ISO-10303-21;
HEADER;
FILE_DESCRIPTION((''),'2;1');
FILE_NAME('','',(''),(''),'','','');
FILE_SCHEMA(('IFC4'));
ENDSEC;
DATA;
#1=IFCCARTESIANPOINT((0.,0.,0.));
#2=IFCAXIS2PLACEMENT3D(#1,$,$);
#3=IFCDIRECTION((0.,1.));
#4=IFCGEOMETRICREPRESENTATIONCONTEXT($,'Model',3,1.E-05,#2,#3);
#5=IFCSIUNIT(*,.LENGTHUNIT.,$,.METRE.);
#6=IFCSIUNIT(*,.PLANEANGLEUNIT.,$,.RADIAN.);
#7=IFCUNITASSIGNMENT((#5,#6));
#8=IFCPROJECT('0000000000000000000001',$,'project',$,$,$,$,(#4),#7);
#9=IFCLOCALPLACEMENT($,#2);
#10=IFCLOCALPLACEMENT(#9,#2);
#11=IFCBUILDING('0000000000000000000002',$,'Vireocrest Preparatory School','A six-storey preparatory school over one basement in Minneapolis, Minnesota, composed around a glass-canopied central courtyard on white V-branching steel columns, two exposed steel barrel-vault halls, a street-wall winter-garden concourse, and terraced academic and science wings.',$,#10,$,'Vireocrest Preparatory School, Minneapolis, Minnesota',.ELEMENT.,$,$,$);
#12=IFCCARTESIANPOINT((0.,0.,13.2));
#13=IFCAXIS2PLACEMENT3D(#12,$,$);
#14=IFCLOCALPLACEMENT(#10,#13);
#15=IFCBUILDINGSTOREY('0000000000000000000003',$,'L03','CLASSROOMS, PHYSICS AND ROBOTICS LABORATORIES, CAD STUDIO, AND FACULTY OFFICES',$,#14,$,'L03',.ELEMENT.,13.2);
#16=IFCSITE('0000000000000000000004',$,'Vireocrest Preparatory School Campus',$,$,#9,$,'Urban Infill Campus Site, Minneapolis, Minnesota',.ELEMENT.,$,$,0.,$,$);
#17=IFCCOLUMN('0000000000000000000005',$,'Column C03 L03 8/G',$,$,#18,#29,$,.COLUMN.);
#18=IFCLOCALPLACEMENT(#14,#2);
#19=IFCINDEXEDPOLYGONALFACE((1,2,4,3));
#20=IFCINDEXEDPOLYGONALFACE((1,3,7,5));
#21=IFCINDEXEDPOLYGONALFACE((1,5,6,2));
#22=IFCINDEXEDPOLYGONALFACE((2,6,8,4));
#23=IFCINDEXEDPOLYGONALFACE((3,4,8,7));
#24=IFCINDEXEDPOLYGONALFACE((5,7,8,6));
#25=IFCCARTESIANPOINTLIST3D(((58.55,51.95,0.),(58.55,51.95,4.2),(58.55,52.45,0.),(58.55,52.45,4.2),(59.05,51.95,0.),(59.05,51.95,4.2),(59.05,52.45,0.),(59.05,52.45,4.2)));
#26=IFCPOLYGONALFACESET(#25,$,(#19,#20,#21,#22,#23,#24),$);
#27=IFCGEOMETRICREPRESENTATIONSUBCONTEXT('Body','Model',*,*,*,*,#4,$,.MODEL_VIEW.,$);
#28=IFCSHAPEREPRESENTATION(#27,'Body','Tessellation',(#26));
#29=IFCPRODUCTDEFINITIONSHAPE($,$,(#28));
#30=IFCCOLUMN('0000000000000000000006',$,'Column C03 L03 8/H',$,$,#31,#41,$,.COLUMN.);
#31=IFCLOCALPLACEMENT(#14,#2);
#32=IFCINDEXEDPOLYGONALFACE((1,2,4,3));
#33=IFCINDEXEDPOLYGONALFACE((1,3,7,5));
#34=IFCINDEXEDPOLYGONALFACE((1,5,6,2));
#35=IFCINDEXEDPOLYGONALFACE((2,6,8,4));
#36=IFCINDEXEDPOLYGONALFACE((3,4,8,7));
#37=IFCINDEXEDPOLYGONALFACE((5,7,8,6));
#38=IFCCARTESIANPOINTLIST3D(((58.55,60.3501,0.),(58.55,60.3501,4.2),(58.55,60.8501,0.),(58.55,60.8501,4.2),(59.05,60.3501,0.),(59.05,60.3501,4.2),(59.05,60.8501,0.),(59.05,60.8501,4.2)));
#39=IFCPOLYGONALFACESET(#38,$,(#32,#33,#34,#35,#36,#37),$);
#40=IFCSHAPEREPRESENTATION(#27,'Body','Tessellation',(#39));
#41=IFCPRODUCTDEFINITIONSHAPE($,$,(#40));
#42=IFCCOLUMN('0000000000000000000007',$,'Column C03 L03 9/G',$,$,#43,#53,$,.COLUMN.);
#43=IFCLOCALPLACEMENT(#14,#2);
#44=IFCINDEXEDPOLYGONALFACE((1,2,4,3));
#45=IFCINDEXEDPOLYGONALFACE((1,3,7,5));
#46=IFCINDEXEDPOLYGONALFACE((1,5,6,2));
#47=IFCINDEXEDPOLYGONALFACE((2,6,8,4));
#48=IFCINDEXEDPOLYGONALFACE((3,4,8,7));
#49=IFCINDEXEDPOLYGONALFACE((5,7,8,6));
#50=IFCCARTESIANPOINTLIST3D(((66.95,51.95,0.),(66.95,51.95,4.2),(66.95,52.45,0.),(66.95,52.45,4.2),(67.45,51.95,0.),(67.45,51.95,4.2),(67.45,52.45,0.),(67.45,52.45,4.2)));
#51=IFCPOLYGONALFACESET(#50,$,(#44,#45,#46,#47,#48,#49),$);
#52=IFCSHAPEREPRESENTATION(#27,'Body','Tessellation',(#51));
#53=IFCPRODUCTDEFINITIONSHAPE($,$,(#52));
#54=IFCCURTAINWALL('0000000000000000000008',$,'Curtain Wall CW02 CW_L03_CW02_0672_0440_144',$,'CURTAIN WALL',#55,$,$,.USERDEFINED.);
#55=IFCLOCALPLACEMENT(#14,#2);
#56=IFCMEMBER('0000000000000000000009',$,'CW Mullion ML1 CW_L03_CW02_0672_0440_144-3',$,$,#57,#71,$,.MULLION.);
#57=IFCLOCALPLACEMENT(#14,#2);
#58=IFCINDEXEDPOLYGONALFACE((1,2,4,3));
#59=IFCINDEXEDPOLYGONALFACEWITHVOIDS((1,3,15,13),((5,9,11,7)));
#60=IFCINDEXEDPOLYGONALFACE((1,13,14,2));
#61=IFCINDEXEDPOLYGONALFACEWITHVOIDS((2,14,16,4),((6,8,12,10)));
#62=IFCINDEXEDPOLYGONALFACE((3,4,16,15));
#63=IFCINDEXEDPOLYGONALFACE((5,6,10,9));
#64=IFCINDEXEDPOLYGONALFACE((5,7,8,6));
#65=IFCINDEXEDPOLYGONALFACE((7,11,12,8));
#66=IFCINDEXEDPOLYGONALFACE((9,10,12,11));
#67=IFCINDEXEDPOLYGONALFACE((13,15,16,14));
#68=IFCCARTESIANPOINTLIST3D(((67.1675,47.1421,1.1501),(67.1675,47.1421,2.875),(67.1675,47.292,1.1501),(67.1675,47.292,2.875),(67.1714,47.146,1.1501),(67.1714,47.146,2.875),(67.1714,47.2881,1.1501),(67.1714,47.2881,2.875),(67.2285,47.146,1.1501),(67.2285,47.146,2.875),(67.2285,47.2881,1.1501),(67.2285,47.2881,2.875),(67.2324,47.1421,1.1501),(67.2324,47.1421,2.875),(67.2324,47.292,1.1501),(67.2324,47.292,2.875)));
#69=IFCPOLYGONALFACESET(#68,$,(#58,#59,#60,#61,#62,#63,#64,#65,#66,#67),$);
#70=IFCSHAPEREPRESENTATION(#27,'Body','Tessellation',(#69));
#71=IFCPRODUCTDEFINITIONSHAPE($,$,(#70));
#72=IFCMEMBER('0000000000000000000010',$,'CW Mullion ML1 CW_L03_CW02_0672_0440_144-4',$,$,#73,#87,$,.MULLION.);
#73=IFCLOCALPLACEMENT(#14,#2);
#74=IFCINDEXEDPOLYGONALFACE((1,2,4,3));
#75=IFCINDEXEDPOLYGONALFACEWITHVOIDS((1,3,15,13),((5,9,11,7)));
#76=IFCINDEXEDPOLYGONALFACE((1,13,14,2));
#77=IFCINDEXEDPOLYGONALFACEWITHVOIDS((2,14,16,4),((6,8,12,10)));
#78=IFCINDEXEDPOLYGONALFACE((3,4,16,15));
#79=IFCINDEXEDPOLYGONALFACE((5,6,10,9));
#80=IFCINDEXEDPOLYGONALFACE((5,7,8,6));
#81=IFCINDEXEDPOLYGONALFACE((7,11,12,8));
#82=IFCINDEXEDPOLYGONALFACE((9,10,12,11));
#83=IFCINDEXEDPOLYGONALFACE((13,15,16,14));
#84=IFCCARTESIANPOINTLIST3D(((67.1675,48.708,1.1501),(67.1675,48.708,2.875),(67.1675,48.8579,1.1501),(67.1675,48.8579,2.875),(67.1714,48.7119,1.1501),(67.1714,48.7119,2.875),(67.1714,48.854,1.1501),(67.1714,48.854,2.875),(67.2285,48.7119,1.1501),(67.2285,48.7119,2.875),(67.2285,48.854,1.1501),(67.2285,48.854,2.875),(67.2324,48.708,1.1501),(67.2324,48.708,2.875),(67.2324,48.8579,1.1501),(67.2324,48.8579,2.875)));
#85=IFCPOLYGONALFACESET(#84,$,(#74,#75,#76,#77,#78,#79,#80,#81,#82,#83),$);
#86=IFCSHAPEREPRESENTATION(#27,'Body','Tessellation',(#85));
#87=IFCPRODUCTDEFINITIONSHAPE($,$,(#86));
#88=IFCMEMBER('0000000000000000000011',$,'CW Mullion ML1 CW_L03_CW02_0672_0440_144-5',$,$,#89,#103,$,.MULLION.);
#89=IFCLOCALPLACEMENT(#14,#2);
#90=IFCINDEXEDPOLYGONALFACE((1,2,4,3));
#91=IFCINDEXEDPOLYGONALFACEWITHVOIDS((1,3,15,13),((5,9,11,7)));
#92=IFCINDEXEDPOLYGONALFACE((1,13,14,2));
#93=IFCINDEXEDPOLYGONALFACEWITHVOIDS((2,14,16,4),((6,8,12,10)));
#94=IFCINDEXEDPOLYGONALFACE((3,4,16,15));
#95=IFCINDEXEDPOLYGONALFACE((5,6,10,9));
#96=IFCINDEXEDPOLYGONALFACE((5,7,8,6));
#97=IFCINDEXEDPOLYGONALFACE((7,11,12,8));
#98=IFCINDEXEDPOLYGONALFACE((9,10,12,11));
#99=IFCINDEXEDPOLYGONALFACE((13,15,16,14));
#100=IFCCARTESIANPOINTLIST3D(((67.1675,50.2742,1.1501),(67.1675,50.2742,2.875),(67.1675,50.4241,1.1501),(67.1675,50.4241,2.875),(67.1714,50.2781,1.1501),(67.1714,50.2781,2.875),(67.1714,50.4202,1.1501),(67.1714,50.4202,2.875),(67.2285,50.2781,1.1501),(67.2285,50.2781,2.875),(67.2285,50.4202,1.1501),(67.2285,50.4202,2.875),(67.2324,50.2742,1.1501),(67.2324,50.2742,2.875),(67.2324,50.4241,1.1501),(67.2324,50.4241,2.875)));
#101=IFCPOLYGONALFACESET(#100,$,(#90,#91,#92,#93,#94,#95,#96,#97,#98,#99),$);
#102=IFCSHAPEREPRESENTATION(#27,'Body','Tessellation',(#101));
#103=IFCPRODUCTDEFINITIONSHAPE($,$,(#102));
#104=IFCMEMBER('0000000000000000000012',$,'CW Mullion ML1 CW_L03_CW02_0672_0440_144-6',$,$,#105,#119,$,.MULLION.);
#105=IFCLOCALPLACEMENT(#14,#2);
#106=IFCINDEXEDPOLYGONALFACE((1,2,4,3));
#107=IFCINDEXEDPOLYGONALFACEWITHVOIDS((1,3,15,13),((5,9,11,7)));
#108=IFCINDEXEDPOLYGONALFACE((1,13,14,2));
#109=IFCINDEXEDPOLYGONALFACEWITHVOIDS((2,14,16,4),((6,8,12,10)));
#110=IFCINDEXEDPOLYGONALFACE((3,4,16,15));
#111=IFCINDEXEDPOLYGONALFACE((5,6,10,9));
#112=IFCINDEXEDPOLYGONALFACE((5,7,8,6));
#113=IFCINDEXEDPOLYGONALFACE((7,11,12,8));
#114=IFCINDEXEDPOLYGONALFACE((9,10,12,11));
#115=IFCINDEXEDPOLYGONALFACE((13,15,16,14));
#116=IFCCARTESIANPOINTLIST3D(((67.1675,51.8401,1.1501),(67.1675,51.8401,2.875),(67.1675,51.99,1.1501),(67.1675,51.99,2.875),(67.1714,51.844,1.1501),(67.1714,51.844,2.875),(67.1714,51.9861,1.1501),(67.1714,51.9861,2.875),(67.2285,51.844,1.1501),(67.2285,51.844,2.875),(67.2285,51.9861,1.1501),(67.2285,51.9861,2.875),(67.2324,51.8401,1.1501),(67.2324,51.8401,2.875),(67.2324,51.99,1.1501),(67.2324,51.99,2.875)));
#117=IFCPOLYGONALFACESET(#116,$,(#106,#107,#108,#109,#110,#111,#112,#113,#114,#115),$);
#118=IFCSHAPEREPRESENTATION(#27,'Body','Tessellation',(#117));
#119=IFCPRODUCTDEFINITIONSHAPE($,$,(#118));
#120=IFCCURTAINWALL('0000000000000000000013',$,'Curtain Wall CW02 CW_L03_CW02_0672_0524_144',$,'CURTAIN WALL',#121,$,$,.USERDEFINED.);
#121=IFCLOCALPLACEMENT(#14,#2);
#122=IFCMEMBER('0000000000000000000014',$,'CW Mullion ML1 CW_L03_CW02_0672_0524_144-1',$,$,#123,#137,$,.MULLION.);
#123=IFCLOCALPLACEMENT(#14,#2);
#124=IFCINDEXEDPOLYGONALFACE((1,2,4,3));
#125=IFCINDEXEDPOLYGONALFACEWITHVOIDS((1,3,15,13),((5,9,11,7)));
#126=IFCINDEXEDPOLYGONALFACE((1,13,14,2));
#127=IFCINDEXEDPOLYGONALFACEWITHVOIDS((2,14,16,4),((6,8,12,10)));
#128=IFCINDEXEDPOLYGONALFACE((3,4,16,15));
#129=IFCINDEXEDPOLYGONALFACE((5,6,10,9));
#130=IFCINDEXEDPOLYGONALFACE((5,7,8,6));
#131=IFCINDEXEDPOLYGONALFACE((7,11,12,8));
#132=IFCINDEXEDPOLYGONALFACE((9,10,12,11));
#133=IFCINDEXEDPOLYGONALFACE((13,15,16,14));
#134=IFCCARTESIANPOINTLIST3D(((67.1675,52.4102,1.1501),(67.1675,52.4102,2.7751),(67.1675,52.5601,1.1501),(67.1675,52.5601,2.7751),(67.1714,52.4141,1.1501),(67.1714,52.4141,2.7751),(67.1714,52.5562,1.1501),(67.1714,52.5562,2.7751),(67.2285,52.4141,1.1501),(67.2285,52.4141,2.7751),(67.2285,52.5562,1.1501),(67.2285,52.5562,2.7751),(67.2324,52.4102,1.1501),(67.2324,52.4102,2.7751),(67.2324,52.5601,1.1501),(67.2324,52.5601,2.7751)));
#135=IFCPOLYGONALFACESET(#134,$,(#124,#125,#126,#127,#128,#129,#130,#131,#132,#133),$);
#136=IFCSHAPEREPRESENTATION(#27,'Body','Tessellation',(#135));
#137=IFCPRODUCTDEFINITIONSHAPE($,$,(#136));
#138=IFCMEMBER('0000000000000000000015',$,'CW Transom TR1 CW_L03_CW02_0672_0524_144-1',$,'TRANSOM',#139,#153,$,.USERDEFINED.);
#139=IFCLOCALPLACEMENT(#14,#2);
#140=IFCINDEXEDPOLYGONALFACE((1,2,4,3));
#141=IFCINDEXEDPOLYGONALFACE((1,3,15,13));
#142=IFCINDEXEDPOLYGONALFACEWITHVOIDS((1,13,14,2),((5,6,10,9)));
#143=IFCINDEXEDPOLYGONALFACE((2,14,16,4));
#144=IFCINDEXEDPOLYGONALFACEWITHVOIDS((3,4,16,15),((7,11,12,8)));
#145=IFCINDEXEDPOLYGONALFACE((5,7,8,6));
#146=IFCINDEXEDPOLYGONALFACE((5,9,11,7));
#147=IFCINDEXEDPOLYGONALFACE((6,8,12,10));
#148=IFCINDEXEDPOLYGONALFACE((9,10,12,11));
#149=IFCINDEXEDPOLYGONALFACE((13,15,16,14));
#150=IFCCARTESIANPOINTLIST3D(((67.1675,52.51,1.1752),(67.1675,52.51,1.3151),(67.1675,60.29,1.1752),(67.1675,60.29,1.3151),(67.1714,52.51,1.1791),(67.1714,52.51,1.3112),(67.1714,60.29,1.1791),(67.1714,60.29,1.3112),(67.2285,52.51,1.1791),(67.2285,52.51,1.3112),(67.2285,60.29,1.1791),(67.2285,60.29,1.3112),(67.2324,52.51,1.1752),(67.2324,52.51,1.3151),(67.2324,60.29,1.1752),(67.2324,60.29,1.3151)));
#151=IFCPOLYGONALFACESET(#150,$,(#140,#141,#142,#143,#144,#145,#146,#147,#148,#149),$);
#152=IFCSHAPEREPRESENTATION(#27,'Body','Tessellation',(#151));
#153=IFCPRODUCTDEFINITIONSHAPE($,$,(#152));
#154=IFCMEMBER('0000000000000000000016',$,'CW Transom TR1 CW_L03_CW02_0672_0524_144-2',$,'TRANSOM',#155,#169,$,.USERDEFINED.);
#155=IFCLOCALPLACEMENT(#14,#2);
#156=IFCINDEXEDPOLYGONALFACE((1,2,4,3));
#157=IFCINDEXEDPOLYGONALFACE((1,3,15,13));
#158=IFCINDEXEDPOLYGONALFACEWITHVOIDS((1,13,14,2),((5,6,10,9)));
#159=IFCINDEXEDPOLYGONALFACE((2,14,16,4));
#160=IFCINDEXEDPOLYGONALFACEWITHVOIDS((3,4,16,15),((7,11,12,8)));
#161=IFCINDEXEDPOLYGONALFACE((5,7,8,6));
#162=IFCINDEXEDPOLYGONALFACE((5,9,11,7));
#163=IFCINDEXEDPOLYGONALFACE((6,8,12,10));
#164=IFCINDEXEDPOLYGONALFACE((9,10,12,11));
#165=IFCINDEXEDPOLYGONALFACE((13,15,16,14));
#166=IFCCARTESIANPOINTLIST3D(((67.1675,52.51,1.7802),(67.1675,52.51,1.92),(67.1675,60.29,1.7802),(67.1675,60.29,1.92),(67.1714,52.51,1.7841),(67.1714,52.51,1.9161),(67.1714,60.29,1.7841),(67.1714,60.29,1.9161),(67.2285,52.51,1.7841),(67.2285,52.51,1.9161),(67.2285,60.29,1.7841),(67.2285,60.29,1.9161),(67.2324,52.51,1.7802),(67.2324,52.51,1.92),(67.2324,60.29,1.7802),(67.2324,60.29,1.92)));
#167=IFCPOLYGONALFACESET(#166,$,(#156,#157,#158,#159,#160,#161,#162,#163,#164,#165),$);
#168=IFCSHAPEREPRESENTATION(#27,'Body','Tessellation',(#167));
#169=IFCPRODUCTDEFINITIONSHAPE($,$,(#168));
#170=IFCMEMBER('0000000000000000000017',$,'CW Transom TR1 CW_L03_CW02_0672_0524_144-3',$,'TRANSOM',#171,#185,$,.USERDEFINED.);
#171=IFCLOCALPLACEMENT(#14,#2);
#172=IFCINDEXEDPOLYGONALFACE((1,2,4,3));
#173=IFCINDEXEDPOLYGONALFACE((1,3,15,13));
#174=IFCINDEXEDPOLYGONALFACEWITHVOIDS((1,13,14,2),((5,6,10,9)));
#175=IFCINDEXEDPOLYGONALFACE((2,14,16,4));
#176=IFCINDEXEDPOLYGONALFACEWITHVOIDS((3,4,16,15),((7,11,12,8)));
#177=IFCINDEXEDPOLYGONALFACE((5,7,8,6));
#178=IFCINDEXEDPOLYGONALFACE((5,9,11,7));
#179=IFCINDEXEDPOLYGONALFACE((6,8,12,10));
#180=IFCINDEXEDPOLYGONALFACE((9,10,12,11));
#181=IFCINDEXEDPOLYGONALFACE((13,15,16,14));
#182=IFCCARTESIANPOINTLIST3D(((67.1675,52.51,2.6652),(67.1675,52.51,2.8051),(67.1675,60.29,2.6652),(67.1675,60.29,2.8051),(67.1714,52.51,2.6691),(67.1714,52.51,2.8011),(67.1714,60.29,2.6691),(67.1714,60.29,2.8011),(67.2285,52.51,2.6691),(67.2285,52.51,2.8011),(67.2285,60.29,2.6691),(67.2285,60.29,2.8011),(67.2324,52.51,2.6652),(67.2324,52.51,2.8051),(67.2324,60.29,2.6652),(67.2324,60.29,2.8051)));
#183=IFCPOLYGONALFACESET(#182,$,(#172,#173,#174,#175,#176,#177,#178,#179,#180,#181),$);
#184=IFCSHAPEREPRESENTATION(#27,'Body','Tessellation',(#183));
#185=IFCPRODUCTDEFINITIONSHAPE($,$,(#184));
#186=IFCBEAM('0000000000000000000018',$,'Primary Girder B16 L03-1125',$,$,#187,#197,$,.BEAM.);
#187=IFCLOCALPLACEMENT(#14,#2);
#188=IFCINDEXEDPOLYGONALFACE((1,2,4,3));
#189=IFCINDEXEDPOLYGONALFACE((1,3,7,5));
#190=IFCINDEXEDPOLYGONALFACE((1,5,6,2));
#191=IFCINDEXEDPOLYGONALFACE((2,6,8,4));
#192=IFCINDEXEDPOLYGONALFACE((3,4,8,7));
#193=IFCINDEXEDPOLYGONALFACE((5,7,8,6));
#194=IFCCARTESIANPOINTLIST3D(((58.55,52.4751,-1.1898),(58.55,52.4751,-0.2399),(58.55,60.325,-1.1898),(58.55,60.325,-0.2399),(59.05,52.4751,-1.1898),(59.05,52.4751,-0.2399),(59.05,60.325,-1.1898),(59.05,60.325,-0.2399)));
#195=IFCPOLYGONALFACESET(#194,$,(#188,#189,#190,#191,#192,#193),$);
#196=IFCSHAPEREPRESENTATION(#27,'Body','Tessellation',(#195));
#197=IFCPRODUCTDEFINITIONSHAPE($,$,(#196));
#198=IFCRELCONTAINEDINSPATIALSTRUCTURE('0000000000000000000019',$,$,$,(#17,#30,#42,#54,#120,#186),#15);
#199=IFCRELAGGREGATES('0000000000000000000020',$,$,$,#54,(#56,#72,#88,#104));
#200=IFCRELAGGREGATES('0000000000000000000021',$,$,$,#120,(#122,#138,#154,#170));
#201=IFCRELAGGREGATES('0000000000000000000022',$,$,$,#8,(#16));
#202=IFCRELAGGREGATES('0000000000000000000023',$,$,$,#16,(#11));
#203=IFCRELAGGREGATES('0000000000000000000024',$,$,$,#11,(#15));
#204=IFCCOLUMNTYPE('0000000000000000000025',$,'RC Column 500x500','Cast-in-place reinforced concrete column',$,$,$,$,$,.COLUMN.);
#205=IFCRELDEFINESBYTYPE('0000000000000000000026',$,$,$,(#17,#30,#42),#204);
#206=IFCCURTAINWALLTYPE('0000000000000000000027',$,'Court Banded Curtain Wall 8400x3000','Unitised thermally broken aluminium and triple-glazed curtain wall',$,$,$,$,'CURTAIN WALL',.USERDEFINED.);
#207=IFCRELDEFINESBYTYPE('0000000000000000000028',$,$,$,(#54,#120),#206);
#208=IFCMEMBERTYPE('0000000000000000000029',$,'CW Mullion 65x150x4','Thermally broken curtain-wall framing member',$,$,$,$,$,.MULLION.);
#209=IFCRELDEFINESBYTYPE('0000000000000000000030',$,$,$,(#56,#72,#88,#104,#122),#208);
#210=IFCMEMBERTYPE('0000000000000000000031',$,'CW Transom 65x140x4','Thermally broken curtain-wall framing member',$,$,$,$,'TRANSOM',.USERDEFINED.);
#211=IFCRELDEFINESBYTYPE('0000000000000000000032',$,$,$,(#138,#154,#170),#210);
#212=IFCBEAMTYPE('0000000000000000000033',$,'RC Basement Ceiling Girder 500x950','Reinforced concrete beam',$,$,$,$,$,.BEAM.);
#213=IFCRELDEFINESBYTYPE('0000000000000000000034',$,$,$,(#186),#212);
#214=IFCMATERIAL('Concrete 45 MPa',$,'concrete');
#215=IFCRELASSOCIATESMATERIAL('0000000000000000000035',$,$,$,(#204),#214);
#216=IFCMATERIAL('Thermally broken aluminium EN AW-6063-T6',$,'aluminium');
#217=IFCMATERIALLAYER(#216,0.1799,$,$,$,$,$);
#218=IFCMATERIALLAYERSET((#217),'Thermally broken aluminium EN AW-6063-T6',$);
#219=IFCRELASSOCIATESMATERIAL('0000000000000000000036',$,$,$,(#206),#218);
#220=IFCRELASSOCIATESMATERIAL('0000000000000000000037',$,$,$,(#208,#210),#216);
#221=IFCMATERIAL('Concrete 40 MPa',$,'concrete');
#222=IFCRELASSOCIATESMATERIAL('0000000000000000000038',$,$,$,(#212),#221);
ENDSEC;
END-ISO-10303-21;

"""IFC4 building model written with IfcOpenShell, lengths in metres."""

from ifc_helpers import new_model, si_unit, direction, frame, origin, origin_2d, place, context, subcontext, project, spatial, rectangle, hollow_rectangle, extrude, material, layer, layer_set, material_profile, profile_set, type_object, element, aggregate, save


model = new_model("IFC4")

# Units and contexts
model_context = context("Model", 3, precision=1e-05, world=origin(), true_north=direction((0.0, 1.0)))
body_context = subcontext(model_context, "Body", "Model", "MODEL_VIEW")
ifc_project = project(units=[si_unit("LENGTHUNIT", "METRE"), si_unit("PLANEANGLEUNIT", "RADIAN")], contexts=[model_context])

# Site, building, storey
site_placement = place(None, origin())
site = spatial("IfcSite", under=ifc_project, at=site_placement, Name="Vireocrest Preparatory School Campus", LongName="Urban Infill Campus Site, Minneapolis, Minnesota", CompositionType="ELEMENT", RefElevation=0.0)
building_placement = place(site_placement, origin())
building = spatial("IfcBuilding", under=site, at=building_placement, Name="Vireocrest Preparatory School", Description="A six-storey preparatory school over one basement in Minneapolis, Minnesota, composed around a glass-canopied central courtyard on white V-branching steel columns, two exposed steel barrel-vault halls, a street-wall winter-garden concourse, and terraced academic and science wings.", LongName="Vireocrest Preparatory School, Minneapolis, Minnesota", CompositionType="ELEMENT")
storey_placement = place(building_placement, frame((0.0, 0.0, 13.2)))
storey = spatial("IfcBuildingStorey", under=building, at=storey_placement, Name="L03", Description="CLASSROOMS, PHYSICS AND ROBOTICS LABORATORIES, CAD STUDIO, AND FACULTY OFFICES", LongName="L03", CompositionType="ELEMENT", Elevation=13.2)

# Columns
ifc_material_1 = material(Name="Concrete 45 MPa", Category="concrete")
ifc_material_profile_1 = material_profile(ifc_material_1, rectangle(XDim=0.5, YDim=0.5, at=origin_2d()), Name="RC 500x500")
ifc_profile_set_1 = profile_set([ifc_material_profile_1], Name="Concrete 45 MPa")
column_type = type_object("IfcColumnType", Name="RC Column 500x500", Description="Cast-in-place reinforced concrete column", PredefinedType="COLUMN", material=ifc_profile_set_1)
for number, where, z_axis, x_axis, name in (
    (1, (58.8, 52.2, 0.0), (0.0, 0.0, 1.0), (1.0, 0.0, 0.0), "Column C03 L03 8/G"),
    (2, (58.8, 60.6001, 0.0), (0.0, 0.0, 1.0), (1.0, 0.0, 0.0), "Column C03 L03 8/H"),
    (3, (67.2, 52.2, 0.0), (0.0, 0.0, 1.0), (1.0, 0.0, 0.0), "Column C03 L03 9/G"),
):
    element("IfcColumn", number, at=place(storey_placement, frame(where, z_axis=z_axis, x_axis=x_axis)), inside=storey, type_object=column_type, Name=name, PredefinedType="COLUMN", context=body_context, shape_type="SweptSolid", body=[
        extrude(rectangle(XDim=0.5, YDim=0.5, at=origin_2d()), origin(), (0.0, 0.0, 1.0), 4.2),
    ])

# Curtain walls, members
ifc_material_2 = material(Name="Thermally broken aluminium EN AW-6063-T6", Category="aluminium")
ifc_layer_1 = layer(ifc_material_2, 0.1799)
ifc_layer_set_1 = layer_set([ifc_layer_1], Name="Thermally broken aluminium EN AW-6063-T6")
curtain_wall_type = type_object("IfcCurtainWallType", Name="Court Banded Curtain Wall 8400x3000", Description="Unitised thermally broken aluminium and triple-glazed curtain wall", ElementType="CURTAIN WALL", PredefinedType="USERDEFINED", material=ifc_layer_set_1)
curtain_wall_1_placement = place(storey_placement, origin())
curtain_wall_1 = element("IfcCurtainWall", 4, at=curtain_wall_1_placement, inside=storey, type_object=curtain_wall_type, Name="Curtain Wall CW02 CW_L03_CW02_0672_0440_144", ObjectType="CURTAIN WALL", PredefinedType="USERDEFINED")
ifc_material_profile_2 = material_profile(ifc_material_2, hollow_rectangle(XDim=0.0649, YDim=0.1499, WallThickness=0.0039, at=origin_2d()), Name="ALU 65x150x4")
ifc_profile_set_2 = profile_set([ifc_material_profile_2], Name="Thermally broken aluminium EN AW-6063-T6")
member_type_1 = type_object("IfcMemberType", Name="CW Mullion 65x150x4", Description="Thermally broken curtain-wall framing member", PredefinedType="MULLION", material=ifc_profile_set_2)
member_1_placement = place(storey_placement, frame((67.2, 47.217, 1.1501), z_axis=(0.0, 0.0, 1.0), x_axis=(1.0, 0.0, 0.0)))
member_1 = element("IfcMember", 5, at=member_1_placement, type_object=member_type_1, Name="CW Mullion ML1 CW_L03_CW02_0672_0440_144-3", PredefinedType="MULLION", context=body_context, shape_type="SweptSolid", body=[
    extrude(hollow_rectangle(XDim=0.0649, YDim=0.1499, WallThickness=0.0039, at=origin_2d()), origin(), (0.0, 0.0, 1.0), 1.7249),
])
member_2_placement = place(storey_placement, frame((67.2, 48.783, 1.1501), z_axis=(0.0, 0.0, 1.0), x_axis=(1.0, 0.0, 0.0)))
member_2 = element("IfcMember", 6, at=member_2_placement, type_object=member_type_1, Name="CW Mullion ML1 CW_L03_CW02_0672_0440_144-4", PredefinedType="MULLION", context=body_context, shape_type="SweptSolid", body=[
    extrude(hollow_rectangle(XDim=0.0649, YDim=0.1499, WallThickness=0.0039, at=origin_2d()), origin(), (0.0, 0.0, 1.0), 1.7249),
])
member_3_placement = place(storey_placement, frame((67.2, 50.3491, 1.1501), z_axis=(0.0, 0.0, 1.0), x_axis=(1.0, 0.0, 0.0)))
member_3 = element("IfcMember", 7, at=member_3_placement, type_object=member_type_1, Name="CW Mullion ML1 CW_L03_CW02_0672_0440_144-5", PredefinedType="MULLION", context=body_context, shape_type="SweptSolid", body=[
    extrude(hollow_rectangle(XDim=0.0649, YDim=0.1499, WallThickness=0.0039, at=origin_2d()), origin(), (0.0, 0.0, 1.0), 1.7249),
])
member_4_placement = place(storey_placement, frame((67.2, 51.915, 1.1501), z_axis=(0.0, 0.0, 1.0), x_axis=(1.0, 0.0, 0.0)))
member_4 = element("IfcMember", 8, at=member_4_placement, type_object=member_type_1, Name="CW Mullion ML1 CW_L03_CW02_0672_0440_144-6", PredefinedType="MULLION", context=body_context, shape_type="SweptSolid", body=[
    extrude(hollow_rectangle(XDim=0.0649, YDim=0.1499, WallThickness=0.0039, at=origin_2d()), origin(), (0.0, 0.0, 1.0), 1.7249),
])
curtain_wall_2_placement = place(storey_placement, origin())
curtain_wall_2 = element("IfcCurtainWall", 9, at=curtain_wall_2_placement, inside=storey, type_object=curtain_wall_type, Name="Curtain Wall CW02 CW_L03_CW02_0672_0524_144", ObjectType="CURTAIN WALL", PredefinedType="USERDEFINED")
member_5_placement = place(storey_placement, frame((67.2, 52.4851, 1.1501), z_axis=(0.0, 0.0, 1.0), x_axis=(1.0, 0.0, 0.0)))
member_5 = element("IfcMember", 10, at=member_5_placement, type_object=member_type_1, Name="CW Mullion ML1 CW_L03_CW02_0672_0524_144-1", PredefinedType="MULLION", context=body_context, shape_type="SweptSolid", body=[
    extrude(hollow_rectangle(XDim=0.0649, YDim=0.1499, WallThickness=0.0039, at=origin_2d()), origin(), (0.0, 0.0, 1.0), 1.625),
])
ifc_material_profile_3 = material_profile(ifc_material_2, hollow_rectangle(XDim=0.0649, YDim=0.1399, WallThickness=0.0039, at=origin_2d()), Name="ALU 65x140x4")
ifc_profile_set_3 = profile_set([ifc_material_profile_3], Name="Thermally broken aluminium EN AW-6063-T6")
member_type_2 = type_object("IfcMemberType", Name="CW Transom 65x140x4", Description="Thermally broken curtain-wall framing member", ElementType="TRANSOM", PredefinedType="USERDEFINED", material=ifc_profile_set_3)
member_6_placement = place(storey_placement, frame((67.2, 52.51, 1.2451), z_axis=(0.0, 1.0, 0.0), x_axis=(-1.0, 0.0, 0.0)))
member_6 = element("IfcMember", 11, at=member_6_placement, type_object=member_type_2, Name="CW Transom TR1 CW_L03_CW02_0672_0524_144-1", ObjectType="TRANSOM", PredefinedType="USERDEFINED", context=body_context, shape_type="SweptSolid", body=[
    extrude(hollow_rectangle(XDim=0.0649, YDim=0.1399, WallThickness=0.0039, at=origin_2d()), origin(), (0.0, 0.0, 1.0), 7.78),
])
member_7_placement = place(storey_placement, frame((67.2, 52.51, 1.8501), z_axis=(0.0, 1.0, 0.0), x_axis=(-1.0, 0.0, 0.0)))
member_7 = element("IfcMember", 12, at=member_7_placement, type_object=member_type_2, Name="CW Transom TR1 CW_L03_CW02_0672_0524_144-2", ObjectType="TRANSOM", PredefinedType="USERDEFINED", context=body_context, shape_type="SweptSolid", body=[
    extrude(hollow_rectangle(XDim=0.0649, YDim=0.1399, WallThickness=0.0039, at=origin_2d()), origin(), (0.0, 0.0, 1.0), 7.78),
])
member_8_placement = place(storey_placement, frame((67.2, 52.51, 2.7351), z_axis=(0.0, 1.0, 0.0), x_axis=(-1.0, 0.0, 0.0)))
member_8 = element("IfcMember", 13, at=member_8_placement, type_object=member_type_2, Name="CW Transom TR1 CW_L03_CW02_0672_0524_144-3", ObjectType="TRANSOM", PredefinedType="USERDEFINED", context=body_context, shape_type="SweptSolid", body=[
    extrude(hollow_rectangle(XDim=0.0649, YDim=0.1399, WallThickness=0.0039, at=origin_2d()), origin(), (0.0, 0.0, 1.0), 7.78),
])

# Beam
ifc_material_3 = material(Name="Concrete 40 MPa", Category="concrete")
ifc_material_profile_4 = material_profile(ifc_material_3, rectangle(XDim=0.5, YDim=0.95, at=origin_2d()), Name="RC 500x950")
ifc_profile_set_4 = profile_set([ifc_material_profile_4], Name="Concrete 40 MPa")
beam_type_1 = type_object("IfcBeamType", Name="RC Basement Ceiling Girder 500x950", Description="Reinforced concrete beam", PredefinedType="BEAM", material=ifc_profile_set_4)
beam_1_placement = place(storey_placement, frame((58.8, 52.4751, -0.7148), z_axis=(0.0, 1.0, 0.0), x_axis=(-1.0, 0.0, 0.0)))
element("IfcBeam", 14, at=beam_1_placement, inside=storey, type_object=beam_type_1, Name="Primary Girder B16 L03-1125", PredefinedType="BEAM", context=body_context, shape_type="SweptSolid", body=[
    extrude(rectangle(XDim=0.5, YDim=0.95, at=origin_2d()), origin(), (0.0, 0.0, 1.0), 7.8499),
])

aggregate(curtain_wall_1, [member_1, member_2, member_3, member_4])
aggregate(curtain_wall_2, [member_5, member_6, member_7, member_8])

save(model, "model.ifc")
